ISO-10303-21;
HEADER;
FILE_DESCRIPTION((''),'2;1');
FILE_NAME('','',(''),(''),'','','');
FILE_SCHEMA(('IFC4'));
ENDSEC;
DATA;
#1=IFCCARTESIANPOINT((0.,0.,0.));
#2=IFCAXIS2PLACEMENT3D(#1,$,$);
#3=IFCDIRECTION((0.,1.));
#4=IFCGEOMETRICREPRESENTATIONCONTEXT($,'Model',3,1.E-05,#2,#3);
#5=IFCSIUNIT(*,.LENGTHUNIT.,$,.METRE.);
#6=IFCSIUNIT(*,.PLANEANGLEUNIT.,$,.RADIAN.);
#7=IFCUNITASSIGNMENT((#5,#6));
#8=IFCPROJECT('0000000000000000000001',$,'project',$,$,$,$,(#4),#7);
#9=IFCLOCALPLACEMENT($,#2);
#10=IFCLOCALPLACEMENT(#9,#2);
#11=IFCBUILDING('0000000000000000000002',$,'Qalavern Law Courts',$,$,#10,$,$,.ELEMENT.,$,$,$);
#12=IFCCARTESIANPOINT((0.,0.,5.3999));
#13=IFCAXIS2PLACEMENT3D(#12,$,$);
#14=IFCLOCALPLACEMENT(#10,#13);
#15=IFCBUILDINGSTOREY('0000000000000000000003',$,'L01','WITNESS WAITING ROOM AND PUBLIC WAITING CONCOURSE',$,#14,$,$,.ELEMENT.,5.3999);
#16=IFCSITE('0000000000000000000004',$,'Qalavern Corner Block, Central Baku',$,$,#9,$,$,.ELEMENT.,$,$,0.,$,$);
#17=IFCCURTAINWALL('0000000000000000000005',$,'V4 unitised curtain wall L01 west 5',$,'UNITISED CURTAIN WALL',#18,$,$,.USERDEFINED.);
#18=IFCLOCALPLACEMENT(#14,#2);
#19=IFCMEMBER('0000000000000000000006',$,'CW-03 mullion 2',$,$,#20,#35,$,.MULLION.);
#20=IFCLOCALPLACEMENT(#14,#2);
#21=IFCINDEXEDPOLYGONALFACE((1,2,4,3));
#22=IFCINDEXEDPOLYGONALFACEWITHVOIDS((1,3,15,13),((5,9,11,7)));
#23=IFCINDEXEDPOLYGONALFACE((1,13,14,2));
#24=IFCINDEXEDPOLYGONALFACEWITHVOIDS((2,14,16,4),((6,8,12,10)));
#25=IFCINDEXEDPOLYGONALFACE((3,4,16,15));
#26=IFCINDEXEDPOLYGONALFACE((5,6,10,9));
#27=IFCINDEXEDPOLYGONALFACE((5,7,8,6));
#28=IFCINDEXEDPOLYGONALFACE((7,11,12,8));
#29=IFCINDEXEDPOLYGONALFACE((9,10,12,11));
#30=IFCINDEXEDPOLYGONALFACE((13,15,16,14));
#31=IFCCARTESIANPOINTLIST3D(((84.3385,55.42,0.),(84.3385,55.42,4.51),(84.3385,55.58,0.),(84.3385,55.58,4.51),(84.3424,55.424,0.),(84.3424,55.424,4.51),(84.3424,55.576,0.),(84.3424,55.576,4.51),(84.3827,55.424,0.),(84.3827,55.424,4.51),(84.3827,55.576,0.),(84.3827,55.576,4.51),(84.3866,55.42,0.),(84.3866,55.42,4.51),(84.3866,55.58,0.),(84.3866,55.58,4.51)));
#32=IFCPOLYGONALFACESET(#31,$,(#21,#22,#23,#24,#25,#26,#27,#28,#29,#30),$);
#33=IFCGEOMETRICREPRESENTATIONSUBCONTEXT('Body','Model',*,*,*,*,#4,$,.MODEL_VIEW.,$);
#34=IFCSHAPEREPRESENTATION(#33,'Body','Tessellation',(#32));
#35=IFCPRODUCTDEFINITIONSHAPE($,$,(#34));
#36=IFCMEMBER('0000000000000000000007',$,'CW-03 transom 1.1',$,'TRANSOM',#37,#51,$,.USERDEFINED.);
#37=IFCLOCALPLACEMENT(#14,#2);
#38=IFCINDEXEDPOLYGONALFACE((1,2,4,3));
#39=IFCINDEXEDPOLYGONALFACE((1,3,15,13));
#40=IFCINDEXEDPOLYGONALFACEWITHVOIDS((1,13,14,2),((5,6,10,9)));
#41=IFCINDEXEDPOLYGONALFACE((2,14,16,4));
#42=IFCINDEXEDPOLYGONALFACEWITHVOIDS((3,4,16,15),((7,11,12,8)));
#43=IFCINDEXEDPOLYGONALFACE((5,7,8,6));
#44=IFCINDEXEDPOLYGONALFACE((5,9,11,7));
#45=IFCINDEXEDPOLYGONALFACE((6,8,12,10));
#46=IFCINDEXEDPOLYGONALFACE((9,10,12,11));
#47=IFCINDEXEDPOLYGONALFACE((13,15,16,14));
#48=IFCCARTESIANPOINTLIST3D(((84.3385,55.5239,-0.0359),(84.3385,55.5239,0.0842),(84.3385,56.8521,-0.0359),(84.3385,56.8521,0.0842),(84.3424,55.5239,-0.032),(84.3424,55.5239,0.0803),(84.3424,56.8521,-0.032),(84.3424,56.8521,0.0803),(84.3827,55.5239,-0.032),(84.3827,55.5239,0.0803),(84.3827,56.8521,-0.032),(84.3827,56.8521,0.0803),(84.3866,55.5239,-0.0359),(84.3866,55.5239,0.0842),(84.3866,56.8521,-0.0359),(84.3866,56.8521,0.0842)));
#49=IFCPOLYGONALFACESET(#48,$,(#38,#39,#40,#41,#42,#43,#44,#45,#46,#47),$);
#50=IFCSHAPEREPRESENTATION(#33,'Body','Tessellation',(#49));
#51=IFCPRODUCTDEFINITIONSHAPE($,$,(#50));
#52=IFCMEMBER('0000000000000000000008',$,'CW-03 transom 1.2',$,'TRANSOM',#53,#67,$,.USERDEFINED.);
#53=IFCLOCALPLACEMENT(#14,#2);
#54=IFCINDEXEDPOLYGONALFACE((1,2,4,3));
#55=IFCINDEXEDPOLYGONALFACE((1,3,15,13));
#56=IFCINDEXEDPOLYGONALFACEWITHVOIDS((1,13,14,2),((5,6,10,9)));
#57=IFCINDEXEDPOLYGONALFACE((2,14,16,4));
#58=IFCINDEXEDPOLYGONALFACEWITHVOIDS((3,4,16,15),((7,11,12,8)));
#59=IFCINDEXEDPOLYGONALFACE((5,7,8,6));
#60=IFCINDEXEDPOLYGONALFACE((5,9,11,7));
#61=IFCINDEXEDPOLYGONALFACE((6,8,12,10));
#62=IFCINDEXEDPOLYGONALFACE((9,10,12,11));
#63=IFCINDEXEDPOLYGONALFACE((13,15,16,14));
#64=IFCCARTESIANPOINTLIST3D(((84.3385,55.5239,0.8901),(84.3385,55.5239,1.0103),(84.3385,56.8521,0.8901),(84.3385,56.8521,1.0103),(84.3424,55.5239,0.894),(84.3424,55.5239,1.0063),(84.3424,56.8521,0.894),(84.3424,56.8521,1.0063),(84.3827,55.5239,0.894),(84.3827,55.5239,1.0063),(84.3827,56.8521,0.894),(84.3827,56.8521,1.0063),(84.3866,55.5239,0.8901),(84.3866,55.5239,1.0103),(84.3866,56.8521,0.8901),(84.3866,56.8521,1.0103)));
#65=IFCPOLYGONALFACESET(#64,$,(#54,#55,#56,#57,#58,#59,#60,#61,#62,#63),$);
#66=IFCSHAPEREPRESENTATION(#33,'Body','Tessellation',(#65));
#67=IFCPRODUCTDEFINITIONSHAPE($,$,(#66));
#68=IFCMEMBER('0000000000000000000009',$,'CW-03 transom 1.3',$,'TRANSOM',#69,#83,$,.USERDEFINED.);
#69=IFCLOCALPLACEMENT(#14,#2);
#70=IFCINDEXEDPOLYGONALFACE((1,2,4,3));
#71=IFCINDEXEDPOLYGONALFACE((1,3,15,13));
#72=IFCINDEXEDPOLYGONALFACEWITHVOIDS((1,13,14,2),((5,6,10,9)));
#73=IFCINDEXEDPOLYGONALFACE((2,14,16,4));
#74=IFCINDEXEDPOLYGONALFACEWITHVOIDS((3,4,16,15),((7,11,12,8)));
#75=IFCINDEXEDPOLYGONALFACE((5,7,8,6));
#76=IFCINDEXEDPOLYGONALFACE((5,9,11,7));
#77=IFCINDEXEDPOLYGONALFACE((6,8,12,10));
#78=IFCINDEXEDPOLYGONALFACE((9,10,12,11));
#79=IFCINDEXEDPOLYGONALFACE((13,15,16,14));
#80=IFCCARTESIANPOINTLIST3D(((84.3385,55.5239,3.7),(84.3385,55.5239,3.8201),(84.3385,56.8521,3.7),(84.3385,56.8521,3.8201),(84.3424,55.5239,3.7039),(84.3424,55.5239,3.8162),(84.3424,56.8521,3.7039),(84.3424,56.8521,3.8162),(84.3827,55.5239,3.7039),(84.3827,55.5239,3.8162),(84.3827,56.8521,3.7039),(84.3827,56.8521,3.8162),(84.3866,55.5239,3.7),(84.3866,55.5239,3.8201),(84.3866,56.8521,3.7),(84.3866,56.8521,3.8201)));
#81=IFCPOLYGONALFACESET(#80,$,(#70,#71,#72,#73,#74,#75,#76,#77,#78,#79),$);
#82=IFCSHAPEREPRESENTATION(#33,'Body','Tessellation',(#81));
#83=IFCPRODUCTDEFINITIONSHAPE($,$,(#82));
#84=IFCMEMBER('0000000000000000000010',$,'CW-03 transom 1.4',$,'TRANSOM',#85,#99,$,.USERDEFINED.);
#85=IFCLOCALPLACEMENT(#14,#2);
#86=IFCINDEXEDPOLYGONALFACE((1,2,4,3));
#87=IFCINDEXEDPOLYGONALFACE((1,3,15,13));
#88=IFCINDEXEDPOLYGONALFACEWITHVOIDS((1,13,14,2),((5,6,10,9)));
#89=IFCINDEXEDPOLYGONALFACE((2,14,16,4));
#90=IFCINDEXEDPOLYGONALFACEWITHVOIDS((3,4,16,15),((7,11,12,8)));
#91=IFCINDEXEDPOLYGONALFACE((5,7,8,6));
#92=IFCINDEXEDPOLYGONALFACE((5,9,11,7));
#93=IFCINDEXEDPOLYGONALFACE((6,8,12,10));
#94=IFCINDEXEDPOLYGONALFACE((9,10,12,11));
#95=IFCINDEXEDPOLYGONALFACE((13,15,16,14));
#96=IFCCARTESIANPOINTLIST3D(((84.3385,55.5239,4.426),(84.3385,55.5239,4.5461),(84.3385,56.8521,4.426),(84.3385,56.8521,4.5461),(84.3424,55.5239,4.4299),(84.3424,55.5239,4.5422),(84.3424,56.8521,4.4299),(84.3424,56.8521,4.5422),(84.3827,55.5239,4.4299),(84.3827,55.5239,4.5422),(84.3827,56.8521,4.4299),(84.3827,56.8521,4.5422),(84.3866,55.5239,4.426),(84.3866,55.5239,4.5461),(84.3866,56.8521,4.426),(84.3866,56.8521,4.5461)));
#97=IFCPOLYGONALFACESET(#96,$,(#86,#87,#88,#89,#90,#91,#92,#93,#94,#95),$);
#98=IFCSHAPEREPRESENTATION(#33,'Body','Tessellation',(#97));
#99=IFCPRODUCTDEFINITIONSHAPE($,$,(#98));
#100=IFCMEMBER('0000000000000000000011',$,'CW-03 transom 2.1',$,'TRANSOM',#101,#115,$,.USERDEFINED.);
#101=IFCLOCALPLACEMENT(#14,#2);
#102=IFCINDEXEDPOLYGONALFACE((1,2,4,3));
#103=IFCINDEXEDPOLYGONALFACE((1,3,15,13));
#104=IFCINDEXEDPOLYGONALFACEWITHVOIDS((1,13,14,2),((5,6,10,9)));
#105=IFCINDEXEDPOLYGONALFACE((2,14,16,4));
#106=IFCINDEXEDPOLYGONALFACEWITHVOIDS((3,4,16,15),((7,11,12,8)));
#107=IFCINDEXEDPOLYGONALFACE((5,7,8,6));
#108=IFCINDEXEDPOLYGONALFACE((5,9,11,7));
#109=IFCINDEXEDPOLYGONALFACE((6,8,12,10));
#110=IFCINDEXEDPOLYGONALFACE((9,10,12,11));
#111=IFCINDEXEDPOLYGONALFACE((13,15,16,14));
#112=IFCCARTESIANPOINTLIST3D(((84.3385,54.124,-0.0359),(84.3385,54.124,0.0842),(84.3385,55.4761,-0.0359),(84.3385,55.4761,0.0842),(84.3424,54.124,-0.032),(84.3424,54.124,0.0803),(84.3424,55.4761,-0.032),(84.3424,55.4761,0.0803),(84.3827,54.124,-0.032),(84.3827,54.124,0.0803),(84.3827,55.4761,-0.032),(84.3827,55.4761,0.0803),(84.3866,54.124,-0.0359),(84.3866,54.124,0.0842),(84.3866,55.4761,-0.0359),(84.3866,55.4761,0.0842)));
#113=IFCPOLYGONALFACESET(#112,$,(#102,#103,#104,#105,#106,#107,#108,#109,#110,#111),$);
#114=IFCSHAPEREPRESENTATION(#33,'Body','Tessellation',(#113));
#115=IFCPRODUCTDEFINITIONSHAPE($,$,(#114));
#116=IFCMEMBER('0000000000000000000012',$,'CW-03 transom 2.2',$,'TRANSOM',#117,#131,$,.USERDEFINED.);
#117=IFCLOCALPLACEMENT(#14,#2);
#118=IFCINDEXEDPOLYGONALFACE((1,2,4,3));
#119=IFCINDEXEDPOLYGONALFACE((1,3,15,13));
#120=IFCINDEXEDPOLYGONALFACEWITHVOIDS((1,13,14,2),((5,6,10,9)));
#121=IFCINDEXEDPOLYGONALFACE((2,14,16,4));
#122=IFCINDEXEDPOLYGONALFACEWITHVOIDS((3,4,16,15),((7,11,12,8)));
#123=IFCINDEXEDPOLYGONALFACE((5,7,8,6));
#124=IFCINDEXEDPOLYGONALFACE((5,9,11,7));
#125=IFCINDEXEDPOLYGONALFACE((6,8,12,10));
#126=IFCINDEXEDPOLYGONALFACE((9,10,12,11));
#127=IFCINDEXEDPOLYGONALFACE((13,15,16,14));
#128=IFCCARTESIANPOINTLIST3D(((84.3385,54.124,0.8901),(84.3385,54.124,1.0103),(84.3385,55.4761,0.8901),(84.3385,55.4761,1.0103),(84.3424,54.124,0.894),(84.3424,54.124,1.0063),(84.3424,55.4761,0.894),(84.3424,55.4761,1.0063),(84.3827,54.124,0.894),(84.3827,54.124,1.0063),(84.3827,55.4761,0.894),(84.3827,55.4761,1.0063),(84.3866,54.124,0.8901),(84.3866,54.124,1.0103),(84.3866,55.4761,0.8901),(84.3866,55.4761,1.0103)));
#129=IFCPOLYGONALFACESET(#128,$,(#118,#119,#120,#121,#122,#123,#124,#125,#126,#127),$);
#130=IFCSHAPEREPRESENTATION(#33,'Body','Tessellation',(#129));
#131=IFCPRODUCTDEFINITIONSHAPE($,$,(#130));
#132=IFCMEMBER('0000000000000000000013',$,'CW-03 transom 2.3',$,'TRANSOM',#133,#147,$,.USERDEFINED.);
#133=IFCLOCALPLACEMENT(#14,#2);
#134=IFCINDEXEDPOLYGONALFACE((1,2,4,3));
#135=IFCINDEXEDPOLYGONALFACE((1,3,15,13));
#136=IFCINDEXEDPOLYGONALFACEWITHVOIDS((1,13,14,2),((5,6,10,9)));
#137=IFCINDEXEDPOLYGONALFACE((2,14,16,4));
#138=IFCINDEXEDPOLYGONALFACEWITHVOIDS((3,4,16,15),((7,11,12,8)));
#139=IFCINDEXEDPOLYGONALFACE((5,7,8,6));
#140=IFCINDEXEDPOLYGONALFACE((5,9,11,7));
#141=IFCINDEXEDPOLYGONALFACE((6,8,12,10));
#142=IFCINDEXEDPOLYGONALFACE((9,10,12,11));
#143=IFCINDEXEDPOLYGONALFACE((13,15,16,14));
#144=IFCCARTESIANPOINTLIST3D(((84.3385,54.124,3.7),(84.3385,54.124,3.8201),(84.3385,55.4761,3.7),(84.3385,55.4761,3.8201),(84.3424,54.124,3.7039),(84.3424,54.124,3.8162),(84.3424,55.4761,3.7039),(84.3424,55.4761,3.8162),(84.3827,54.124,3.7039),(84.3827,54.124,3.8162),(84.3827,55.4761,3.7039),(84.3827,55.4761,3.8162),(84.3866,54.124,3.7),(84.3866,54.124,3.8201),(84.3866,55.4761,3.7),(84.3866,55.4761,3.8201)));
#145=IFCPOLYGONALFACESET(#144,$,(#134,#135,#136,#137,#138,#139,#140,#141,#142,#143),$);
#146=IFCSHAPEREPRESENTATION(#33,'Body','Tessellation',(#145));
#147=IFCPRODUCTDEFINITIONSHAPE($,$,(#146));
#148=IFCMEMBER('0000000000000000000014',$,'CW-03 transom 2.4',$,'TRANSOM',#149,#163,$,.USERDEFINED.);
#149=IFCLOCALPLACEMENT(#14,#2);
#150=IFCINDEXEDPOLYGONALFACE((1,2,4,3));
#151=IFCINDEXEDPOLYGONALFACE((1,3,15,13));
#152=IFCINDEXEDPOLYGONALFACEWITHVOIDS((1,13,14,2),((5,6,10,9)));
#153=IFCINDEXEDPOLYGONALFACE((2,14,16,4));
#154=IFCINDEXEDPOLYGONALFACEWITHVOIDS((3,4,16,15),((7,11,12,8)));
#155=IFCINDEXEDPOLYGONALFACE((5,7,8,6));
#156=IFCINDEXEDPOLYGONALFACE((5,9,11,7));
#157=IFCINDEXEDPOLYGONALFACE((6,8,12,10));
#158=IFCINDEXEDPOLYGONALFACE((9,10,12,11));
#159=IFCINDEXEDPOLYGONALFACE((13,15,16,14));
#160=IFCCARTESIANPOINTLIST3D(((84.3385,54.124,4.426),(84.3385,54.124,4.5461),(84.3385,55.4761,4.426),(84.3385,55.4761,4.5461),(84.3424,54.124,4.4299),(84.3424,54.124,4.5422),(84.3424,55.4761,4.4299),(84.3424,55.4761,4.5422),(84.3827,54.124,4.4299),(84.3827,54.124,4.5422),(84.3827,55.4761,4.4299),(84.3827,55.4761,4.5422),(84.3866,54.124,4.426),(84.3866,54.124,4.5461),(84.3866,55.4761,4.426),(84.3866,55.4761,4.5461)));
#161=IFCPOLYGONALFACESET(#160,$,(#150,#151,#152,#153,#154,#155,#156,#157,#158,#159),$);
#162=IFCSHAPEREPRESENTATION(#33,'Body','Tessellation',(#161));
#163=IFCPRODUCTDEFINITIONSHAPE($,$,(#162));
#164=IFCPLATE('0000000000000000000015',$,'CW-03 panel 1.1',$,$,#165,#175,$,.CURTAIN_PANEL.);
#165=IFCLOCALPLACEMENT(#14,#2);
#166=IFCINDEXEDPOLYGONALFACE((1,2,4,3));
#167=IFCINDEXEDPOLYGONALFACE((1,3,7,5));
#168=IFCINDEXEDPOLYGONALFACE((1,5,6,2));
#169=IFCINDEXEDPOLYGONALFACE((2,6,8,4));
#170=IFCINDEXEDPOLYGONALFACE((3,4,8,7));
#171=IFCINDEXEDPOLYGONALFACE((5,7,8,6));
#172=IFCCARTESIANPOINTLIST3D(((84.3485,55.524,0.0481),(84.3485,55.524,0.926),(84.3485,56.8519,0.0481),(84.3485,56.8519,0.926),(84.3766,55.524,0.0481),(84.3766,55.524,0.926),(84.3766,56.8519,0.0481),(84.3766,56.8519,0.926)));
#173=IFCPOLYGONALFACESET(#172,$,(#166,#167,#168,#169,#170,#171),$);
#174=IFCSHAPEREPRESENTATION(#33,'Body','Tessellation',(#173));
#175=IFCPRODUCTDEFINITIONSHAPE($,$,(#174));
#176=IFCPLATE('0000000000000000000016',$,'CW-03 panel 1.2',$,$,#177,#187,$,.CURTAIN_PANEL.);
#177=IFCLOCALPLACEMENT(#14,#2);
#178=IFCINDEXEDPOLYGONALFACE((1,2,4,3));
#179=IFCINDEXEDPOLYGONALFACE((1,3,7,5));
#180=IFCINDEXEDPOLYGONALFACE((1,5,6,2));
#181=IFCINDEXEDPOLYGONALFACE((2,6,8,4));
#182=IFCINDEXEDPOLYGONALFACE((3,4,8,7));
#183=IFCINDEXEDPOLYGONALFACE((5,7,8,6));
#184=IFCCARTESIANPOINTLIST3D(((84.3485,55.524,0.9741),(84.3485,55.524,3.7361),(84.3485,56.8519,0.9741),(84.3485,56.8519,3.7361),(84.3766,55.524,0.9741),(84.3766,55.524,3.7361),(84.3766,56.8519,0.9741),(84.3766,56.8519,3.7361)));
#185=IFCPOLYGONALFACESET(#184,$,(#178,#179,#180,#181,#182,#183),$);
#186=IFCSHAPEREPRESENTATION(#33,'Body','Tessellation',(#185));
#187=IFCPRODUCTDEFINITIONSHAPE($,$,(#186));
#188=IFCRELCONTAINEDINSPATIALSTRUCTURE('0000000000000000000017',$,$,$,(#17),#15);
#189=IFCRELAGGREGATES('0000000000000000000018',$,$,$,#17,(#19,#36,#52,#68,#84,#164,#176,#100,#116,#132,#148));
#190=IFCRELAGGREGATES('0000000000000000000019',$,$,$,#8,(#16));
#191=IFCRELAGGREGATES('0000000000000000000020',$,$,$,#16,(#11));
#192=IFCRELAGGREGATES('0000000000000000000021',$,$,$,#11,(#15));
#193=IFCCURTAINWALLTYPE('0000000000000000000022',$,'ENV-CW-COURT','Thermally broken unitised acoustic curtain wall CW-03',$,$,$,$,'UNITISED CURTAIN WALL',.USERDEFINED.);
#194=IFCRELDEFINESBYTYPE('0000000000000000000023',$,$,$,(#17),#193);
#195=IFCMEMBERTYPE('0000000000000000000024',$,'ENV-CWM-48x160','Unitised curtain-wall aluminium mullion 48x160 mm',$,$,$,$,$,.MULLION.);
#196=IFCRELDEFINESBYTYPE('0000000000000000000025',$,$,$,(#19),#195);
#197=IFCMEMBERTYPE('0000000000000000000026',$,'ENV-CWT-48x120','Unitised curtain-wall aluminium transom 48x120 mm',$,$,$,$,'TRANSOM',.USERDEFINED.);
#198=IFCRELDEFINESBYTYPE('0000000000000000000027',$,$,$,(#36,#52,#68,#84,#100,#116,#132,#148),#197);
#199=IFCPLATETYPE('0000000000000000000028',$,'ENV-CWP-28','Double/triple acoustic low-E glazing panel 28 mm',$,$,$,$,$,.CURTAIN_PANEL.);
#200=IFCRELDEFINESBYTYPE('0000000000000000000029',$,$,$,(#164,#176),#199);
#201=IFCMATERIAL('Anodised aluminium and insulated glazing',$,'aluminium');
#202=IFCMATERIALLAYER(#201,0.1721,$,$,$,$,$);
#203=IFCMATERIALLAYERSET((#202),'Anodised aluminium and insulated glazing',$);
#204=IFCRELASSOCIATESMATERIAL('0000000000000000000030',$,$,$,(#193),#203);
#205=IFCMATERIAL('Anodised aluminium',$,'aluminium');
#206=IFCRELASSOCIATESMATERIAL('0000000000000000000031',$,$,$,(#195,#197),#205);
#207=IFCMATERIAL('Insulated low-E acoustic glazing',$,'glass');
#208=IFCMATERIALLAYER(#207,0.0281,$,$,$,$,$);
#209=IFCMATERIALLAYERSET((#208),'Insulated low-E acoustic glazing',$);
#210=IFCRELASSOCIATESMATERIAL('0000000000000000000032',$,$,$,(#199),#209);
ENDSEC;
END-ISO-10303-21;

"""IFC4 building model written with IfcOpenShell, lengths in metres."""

from ifc_helpers import new_model, si_unit, direction, frame, origin, origin_2d, place, context, subcontext, project, spatial, rectangle, hollow_rectangle, extrude, material, layer, layer_set, material_profile, profile_set, type_object, element, aggregate, save


model = new_model("IFC4")

# Units and contexts
model_context = context("Model", 3, precision=1e-05, world=origin(), true_north=direction((0.0, 1.0)))
body_context = subcontext(model_context, "Body", "Model", "MODEL_VIEW")
ifc_project = project(units=[si_unit("LENGTHUNIT", "METRE"), si_unit("PLANEANGLEUNIT", "RADIAN")], contexts=[model_context])

# Site, building, storey
site_placement = place(None, origin())
site = spatial("IfcSite", under=ifc_project, at=site_placement, Name="Qalavern Corner Block, Central Baku", CompositionType="ELEMENT", RefElevation=0.0)
building_placement = place(site_placement, origin())
building = spatial("IfcBuilding", under=site, at=building_placement, Name="Qalavern Law Courts", CompositionType="ELEMENT")
storey_placement = place(building_placement, frame((0.0, 0.0, 5.3999)))
storey = spatial("IfcBuildingStorey", under=building, at=storey_placement, Name="L01", Description="WITNESS WAITING ROOM AND PUBLIC WAITING CONCOURSE", CompositionType="ELEMENT", Elevation=5.3999)

# Curtain wall, members, plates
ifc_material_1 = material(Name="Anodised aluminium and insulated glazing", Category="aluminium")
ifc_layer_1 = layer(ifc_material_1, 0.1721)
ifc_layer_set_1 = layer_set([ifc_layer_1], Name="Anodised aluminium and insulated glazing")
curtain_wall_type = type_object("IfcCurtainWallType", Name="ENV-CW-COURT", Description="Thermally broken unitised acoustic curtain wall CW-03", ElementType="UNITISED CURTAIN WALL", PredefinedType="USERDEFINED", material=ifc_layer_set_1)
curtain_wall_placement = place(storey_placement, origin())
curtain_wall = element("IfcCurtainWall", 1, at=curtain_wall_placement, inside=storey, type_object=curtain_wall_type, Name="V4 unitised curtain wall L01 west 5", ObjectType="UNITISED CURTAIN WALL", PredefinedType="USERDEFINED")
ifc_material_2 = material(Name="Anodised aluminium", Category="aluminium")
ifc_material_profile_1 = material_profile(ifc_material_2, hollow_rectangle(XDim=0.0481, YDim=0.1599, WallThickness=0.0039, at=origin_2d()), Name="ALU MULLION 48x160")
ifc_profile_set_1 = profile_set([ifc_material_profile_1], Name="Anodised aluminium")
member_type_1 = type_object("IfcMemberType", Name="ENV-CWM-48x160", Description="Unitised curtain-wall aluminium mullion 48x160 mm", PredefinedType="MULLION", material=ifc_profile_set_1)
member_1_placement = place(storey_placement, frame((84.3625, 55.5, 0.0), z_axis=(0.0, 0.0, 1.0), x_axis=(1.0, 0.0, 0.0)))
member_1 = element("IfcMember", 2, at=member_1_placement, type_object=member_type_1, Name="CW-03 mullion 2", PredefinedType="MULLION", context=body_context, shape_type="SweptSolid", body=[
    extrude(hollow_rectangle(XDim=0.0481, YDim=0.1599, WallThickness=0.0039, at=origin_2d()), origin(), (0.0, 0.0, 1.0), 4.51),
])
ifc_material_profile_2 = material_profile(ifc_material_2, hollow_rectangle(XDim=0.0481, YDim=0.1201, WallThickness=0.0039, at=origin_2d()), Name="ALU TRANSOM 48x120")
ifc_profile_set_2 = profile_set([ifc_material_profile_2], Name="Anodised aluminium")
member_type_2 = type_object("IfcMemberType", Name="ENV-CWT-48x120", Description="Unitised curtain-wall aluminium transom 48x120 mm", ElementType="TRANSOM", PredefinedType="USERDEFINED", material=ifc_profile_set_2)
member_2_placement = place(storey_placement, frame((84.3625, 56.8521, 0.0242), z_axis=(0.0, -1.0, 0.0), x_axis=(1.0, 0.0, 0.0)))
member_2 = element("IfcMember", 3, at=member_2_placement, type_object=member_type_2, Name="CW-03 transom 1.1", ObjectType="TRANSOM", PredefinedType="USERDEFINED", context=body_context, shape_type="SweptSolid", body=[
    extrude(hollow_rectangle(XDim=0.0481, YDim=0.1201, WallThickness=0.0039, at=origin_2d()), origin(), (0.0, 0.0, 1.0), 1.3281),
])
member_3_placement = place(storey_placement, frame((84.3625, 56.8521, 0.9502), z_axis=(0.0, -1.0, 0.0), x_axis=(1.0, 0.0, 0.0)))
member_3 = element("IfcMember", 4, at=member_3_placement, type_object=member_type_2, Name="CW-03 transom 1.2", ObjectType="TRANSOM", PredefinedType="USERDEFINED", context=body_context, shape_type="SweptSolid", body=[
    extrude(hollow_rectangle(XDim=0.0481, YDim=0.1201, WallThickness=0.0039, at=origin_2d()), origin(), (0.0, 0.0, 1.0), 1.3281),
])
member_4_placement = place(storey_placement, frame((84.3625, 56.8521, 3.76), z_axis=(0.0, -1.0, 0.0), x_axis=(1.0, 0.0, 0.0)))
member_4 = element("IfcMember", 5, at=member_4_placement, type_object=member_type_2, Name="CW-03 transom 1.3", ObjectType="TRANSOM", PredefinedType="USERDEFINED", context=body_context, shape_type="SweptSolid", body=[
    extrude(hollow_rectangle(XDim=0.0481, YDim=0.1201, WallThickness=0.0039, at=origin_2d()), origin(), (0.0, 0.0, 1.0), 1.3281),
])
member_5_placement = place(storey_placement, frame((84.3625, 56.8521, 4.4861), z_axis=(0.0, -1.0, 0.0), x_axis=(1.0, 0.0, 0.0)))
member_5 = element("IfcMember", 6, at=member_5_placement, type_object=member_type_2, Name="CW-03 transom 1.4", ObjectType="TRANSOM", PredefinedType="USERDEFINED", context=body_context, shape_type="SweptSolid", body=[
    extrude(hollow_rectangle(XDim=0.0481, YDim=0.1201, WallThickness=0.0039, at=origin_2d()), origin(), (0.0, 0.0, 1.0), 1.3281),
])
member_6_placement = place(storey_placement, frame((84.3625, 55.4761, 0.0242), z_axis=(0.0, -1.0, 0.0), x_axis=(1.0, 0.0, 0.0)))
member_6 = element("IfcMember", 7, at=member_6_placement, type_object=member_type_2, Name="CW-03 transom 2.1", ObjectType="TRANSOM", PredefinedType="USERDEFINED", context=body_context, shape_type="SweptSolid", body=[
    extrude(hollow_rectangle(XDim=0.0481, YDim=0.1201, WallThickness=0.0039, at=origin_2d()), origin(), (0.0, 0.0, 1.0), 1.3521),
])
member_7_placement = place(storey_placement, frame((84.3625, 55.4761, 0.9502), z_axis=(0.0, -1.0, 0.0), x_axis=(1.0, 0.0, 0.0)))
member_7 = element("IfcMember", 8, at=member_7_placement, type_object=member_type_2, Name="CW-03 transom 2.2", ObjectType="TRANSOM", PredefinedType="USERDEFINED", context=body_context, shape_type="SweptSolid", body=[
    extrude(hollow_rectangle(XDim=0.0481, YDim=0.1201, WallThickness=0.0039, at=origin_2d()), origin(), (0.0, 0.0, 1.0), 1.3521),
])
member_8_placement = place(storey_placement, frame((84.3625, 55.4761, 3.76), z_axis=(0.0, -1.0, 0.0), x_axis=(1.0, 0.0, 0.0)))
member_8 = element("IfcMember", 9, at=member_8_placement, type_object=member_type_2, Name="CW-03 transom 2.3", ObjectType="TRANSOM", PredefinedType="USERDEFINED", context=body_context, shape_type="SweptSolid", body=[
    extrude(hollow_rectangle(XDim=0.0481, YDim=0.1201, WallThickness=0.0039, at=origin_2d()), origin(), (0.0, 0.0, 1.0), 1.3521),
])
member_9_placement = place(storey_placement, frame((84.3625, 55.4761, 4.4861), z_axis=(0.0, -1.0, 0.0), x_axis=(1.0, 0.0, 0.0)))
member_9 = element("IfcMember", 10, at=member_9_placement, type_object=member_type_2, Name="CW-03 transom 2.4", ObjectType="TRANSOM", PredefinedType="USERDEFINED", context=body_context, shape_type="SweptSolid", body=[
    extrude(hollow_rectangle(XDim=0.0481, YDim=0.1201, WallThickness=0.0039, at=origin_2d()), origin(), (0.0, 0.0, 1.0), 1.3521),
])
ifc_material_3 = material(Name="Insulated low-E acoustic glazing", Category="glass")
ifc_layer_2 = layer(ifc_material_3, 0.0281)
ifc_layer_set_2 = layer_set([ifc_layer_2], Name="Insulated low-E acoustic glazing")
plate_type = type_object("IfcPlateType", Name="ENV-CWP-28", Description="Double/triple acoustic low-E glazing panel 28 mm", PredefinedType="CURTAIN_PANEL", material=ifc_layer_set_2)
plate_1_placement = place(storey_placement, frame((84.3625, 56.188, 0.0481), z_axis=(0.0, 0.0, 1.0), x_axis=(0.0, -1.0, 0.0)))
plate_1 = element("IfcPlate", 11, at=plate_1_placement, type_object=plate_type, Name="CW-03 panel 1.1", PredefinedType="CURTAIN_PANEL", context=body_context, shape_type="SweptSolid", body=[
    extrude(rectangle(XDim=1.3279, YDim=0.0281, at=origin_2d()), origin(), (0.0, 0.0, 1.0), 0.8779),
])
plate_2_placement = place(storey_placement, frame((84.3625, 56.188, 0.9741), z_axis=(0.0, 0.0, 1.0), x_axis=(0.0, -1.0, 0.0)))
plate_2 = element("IfcPlate", 12, at=plate_2_placement, type_object=plate_type, Name="CW-03 panel 1.2", PredefinedType="CURTAIN_PANEL", context=body_context, shape_type="SweptSolid", body=[
    extrude(rectangle(XDim=1.3279, YDim=0.0281, at=origin_2d()), origin(), (0.0, 0.0, 1.0), 2.762),
])
aggregate(curtain_wall, [member_1, member_2, member_3, member_4, member_5, plate_1, plate_2, member_6, member_7, member_8, member_9])

save(model, "model.ifc")
